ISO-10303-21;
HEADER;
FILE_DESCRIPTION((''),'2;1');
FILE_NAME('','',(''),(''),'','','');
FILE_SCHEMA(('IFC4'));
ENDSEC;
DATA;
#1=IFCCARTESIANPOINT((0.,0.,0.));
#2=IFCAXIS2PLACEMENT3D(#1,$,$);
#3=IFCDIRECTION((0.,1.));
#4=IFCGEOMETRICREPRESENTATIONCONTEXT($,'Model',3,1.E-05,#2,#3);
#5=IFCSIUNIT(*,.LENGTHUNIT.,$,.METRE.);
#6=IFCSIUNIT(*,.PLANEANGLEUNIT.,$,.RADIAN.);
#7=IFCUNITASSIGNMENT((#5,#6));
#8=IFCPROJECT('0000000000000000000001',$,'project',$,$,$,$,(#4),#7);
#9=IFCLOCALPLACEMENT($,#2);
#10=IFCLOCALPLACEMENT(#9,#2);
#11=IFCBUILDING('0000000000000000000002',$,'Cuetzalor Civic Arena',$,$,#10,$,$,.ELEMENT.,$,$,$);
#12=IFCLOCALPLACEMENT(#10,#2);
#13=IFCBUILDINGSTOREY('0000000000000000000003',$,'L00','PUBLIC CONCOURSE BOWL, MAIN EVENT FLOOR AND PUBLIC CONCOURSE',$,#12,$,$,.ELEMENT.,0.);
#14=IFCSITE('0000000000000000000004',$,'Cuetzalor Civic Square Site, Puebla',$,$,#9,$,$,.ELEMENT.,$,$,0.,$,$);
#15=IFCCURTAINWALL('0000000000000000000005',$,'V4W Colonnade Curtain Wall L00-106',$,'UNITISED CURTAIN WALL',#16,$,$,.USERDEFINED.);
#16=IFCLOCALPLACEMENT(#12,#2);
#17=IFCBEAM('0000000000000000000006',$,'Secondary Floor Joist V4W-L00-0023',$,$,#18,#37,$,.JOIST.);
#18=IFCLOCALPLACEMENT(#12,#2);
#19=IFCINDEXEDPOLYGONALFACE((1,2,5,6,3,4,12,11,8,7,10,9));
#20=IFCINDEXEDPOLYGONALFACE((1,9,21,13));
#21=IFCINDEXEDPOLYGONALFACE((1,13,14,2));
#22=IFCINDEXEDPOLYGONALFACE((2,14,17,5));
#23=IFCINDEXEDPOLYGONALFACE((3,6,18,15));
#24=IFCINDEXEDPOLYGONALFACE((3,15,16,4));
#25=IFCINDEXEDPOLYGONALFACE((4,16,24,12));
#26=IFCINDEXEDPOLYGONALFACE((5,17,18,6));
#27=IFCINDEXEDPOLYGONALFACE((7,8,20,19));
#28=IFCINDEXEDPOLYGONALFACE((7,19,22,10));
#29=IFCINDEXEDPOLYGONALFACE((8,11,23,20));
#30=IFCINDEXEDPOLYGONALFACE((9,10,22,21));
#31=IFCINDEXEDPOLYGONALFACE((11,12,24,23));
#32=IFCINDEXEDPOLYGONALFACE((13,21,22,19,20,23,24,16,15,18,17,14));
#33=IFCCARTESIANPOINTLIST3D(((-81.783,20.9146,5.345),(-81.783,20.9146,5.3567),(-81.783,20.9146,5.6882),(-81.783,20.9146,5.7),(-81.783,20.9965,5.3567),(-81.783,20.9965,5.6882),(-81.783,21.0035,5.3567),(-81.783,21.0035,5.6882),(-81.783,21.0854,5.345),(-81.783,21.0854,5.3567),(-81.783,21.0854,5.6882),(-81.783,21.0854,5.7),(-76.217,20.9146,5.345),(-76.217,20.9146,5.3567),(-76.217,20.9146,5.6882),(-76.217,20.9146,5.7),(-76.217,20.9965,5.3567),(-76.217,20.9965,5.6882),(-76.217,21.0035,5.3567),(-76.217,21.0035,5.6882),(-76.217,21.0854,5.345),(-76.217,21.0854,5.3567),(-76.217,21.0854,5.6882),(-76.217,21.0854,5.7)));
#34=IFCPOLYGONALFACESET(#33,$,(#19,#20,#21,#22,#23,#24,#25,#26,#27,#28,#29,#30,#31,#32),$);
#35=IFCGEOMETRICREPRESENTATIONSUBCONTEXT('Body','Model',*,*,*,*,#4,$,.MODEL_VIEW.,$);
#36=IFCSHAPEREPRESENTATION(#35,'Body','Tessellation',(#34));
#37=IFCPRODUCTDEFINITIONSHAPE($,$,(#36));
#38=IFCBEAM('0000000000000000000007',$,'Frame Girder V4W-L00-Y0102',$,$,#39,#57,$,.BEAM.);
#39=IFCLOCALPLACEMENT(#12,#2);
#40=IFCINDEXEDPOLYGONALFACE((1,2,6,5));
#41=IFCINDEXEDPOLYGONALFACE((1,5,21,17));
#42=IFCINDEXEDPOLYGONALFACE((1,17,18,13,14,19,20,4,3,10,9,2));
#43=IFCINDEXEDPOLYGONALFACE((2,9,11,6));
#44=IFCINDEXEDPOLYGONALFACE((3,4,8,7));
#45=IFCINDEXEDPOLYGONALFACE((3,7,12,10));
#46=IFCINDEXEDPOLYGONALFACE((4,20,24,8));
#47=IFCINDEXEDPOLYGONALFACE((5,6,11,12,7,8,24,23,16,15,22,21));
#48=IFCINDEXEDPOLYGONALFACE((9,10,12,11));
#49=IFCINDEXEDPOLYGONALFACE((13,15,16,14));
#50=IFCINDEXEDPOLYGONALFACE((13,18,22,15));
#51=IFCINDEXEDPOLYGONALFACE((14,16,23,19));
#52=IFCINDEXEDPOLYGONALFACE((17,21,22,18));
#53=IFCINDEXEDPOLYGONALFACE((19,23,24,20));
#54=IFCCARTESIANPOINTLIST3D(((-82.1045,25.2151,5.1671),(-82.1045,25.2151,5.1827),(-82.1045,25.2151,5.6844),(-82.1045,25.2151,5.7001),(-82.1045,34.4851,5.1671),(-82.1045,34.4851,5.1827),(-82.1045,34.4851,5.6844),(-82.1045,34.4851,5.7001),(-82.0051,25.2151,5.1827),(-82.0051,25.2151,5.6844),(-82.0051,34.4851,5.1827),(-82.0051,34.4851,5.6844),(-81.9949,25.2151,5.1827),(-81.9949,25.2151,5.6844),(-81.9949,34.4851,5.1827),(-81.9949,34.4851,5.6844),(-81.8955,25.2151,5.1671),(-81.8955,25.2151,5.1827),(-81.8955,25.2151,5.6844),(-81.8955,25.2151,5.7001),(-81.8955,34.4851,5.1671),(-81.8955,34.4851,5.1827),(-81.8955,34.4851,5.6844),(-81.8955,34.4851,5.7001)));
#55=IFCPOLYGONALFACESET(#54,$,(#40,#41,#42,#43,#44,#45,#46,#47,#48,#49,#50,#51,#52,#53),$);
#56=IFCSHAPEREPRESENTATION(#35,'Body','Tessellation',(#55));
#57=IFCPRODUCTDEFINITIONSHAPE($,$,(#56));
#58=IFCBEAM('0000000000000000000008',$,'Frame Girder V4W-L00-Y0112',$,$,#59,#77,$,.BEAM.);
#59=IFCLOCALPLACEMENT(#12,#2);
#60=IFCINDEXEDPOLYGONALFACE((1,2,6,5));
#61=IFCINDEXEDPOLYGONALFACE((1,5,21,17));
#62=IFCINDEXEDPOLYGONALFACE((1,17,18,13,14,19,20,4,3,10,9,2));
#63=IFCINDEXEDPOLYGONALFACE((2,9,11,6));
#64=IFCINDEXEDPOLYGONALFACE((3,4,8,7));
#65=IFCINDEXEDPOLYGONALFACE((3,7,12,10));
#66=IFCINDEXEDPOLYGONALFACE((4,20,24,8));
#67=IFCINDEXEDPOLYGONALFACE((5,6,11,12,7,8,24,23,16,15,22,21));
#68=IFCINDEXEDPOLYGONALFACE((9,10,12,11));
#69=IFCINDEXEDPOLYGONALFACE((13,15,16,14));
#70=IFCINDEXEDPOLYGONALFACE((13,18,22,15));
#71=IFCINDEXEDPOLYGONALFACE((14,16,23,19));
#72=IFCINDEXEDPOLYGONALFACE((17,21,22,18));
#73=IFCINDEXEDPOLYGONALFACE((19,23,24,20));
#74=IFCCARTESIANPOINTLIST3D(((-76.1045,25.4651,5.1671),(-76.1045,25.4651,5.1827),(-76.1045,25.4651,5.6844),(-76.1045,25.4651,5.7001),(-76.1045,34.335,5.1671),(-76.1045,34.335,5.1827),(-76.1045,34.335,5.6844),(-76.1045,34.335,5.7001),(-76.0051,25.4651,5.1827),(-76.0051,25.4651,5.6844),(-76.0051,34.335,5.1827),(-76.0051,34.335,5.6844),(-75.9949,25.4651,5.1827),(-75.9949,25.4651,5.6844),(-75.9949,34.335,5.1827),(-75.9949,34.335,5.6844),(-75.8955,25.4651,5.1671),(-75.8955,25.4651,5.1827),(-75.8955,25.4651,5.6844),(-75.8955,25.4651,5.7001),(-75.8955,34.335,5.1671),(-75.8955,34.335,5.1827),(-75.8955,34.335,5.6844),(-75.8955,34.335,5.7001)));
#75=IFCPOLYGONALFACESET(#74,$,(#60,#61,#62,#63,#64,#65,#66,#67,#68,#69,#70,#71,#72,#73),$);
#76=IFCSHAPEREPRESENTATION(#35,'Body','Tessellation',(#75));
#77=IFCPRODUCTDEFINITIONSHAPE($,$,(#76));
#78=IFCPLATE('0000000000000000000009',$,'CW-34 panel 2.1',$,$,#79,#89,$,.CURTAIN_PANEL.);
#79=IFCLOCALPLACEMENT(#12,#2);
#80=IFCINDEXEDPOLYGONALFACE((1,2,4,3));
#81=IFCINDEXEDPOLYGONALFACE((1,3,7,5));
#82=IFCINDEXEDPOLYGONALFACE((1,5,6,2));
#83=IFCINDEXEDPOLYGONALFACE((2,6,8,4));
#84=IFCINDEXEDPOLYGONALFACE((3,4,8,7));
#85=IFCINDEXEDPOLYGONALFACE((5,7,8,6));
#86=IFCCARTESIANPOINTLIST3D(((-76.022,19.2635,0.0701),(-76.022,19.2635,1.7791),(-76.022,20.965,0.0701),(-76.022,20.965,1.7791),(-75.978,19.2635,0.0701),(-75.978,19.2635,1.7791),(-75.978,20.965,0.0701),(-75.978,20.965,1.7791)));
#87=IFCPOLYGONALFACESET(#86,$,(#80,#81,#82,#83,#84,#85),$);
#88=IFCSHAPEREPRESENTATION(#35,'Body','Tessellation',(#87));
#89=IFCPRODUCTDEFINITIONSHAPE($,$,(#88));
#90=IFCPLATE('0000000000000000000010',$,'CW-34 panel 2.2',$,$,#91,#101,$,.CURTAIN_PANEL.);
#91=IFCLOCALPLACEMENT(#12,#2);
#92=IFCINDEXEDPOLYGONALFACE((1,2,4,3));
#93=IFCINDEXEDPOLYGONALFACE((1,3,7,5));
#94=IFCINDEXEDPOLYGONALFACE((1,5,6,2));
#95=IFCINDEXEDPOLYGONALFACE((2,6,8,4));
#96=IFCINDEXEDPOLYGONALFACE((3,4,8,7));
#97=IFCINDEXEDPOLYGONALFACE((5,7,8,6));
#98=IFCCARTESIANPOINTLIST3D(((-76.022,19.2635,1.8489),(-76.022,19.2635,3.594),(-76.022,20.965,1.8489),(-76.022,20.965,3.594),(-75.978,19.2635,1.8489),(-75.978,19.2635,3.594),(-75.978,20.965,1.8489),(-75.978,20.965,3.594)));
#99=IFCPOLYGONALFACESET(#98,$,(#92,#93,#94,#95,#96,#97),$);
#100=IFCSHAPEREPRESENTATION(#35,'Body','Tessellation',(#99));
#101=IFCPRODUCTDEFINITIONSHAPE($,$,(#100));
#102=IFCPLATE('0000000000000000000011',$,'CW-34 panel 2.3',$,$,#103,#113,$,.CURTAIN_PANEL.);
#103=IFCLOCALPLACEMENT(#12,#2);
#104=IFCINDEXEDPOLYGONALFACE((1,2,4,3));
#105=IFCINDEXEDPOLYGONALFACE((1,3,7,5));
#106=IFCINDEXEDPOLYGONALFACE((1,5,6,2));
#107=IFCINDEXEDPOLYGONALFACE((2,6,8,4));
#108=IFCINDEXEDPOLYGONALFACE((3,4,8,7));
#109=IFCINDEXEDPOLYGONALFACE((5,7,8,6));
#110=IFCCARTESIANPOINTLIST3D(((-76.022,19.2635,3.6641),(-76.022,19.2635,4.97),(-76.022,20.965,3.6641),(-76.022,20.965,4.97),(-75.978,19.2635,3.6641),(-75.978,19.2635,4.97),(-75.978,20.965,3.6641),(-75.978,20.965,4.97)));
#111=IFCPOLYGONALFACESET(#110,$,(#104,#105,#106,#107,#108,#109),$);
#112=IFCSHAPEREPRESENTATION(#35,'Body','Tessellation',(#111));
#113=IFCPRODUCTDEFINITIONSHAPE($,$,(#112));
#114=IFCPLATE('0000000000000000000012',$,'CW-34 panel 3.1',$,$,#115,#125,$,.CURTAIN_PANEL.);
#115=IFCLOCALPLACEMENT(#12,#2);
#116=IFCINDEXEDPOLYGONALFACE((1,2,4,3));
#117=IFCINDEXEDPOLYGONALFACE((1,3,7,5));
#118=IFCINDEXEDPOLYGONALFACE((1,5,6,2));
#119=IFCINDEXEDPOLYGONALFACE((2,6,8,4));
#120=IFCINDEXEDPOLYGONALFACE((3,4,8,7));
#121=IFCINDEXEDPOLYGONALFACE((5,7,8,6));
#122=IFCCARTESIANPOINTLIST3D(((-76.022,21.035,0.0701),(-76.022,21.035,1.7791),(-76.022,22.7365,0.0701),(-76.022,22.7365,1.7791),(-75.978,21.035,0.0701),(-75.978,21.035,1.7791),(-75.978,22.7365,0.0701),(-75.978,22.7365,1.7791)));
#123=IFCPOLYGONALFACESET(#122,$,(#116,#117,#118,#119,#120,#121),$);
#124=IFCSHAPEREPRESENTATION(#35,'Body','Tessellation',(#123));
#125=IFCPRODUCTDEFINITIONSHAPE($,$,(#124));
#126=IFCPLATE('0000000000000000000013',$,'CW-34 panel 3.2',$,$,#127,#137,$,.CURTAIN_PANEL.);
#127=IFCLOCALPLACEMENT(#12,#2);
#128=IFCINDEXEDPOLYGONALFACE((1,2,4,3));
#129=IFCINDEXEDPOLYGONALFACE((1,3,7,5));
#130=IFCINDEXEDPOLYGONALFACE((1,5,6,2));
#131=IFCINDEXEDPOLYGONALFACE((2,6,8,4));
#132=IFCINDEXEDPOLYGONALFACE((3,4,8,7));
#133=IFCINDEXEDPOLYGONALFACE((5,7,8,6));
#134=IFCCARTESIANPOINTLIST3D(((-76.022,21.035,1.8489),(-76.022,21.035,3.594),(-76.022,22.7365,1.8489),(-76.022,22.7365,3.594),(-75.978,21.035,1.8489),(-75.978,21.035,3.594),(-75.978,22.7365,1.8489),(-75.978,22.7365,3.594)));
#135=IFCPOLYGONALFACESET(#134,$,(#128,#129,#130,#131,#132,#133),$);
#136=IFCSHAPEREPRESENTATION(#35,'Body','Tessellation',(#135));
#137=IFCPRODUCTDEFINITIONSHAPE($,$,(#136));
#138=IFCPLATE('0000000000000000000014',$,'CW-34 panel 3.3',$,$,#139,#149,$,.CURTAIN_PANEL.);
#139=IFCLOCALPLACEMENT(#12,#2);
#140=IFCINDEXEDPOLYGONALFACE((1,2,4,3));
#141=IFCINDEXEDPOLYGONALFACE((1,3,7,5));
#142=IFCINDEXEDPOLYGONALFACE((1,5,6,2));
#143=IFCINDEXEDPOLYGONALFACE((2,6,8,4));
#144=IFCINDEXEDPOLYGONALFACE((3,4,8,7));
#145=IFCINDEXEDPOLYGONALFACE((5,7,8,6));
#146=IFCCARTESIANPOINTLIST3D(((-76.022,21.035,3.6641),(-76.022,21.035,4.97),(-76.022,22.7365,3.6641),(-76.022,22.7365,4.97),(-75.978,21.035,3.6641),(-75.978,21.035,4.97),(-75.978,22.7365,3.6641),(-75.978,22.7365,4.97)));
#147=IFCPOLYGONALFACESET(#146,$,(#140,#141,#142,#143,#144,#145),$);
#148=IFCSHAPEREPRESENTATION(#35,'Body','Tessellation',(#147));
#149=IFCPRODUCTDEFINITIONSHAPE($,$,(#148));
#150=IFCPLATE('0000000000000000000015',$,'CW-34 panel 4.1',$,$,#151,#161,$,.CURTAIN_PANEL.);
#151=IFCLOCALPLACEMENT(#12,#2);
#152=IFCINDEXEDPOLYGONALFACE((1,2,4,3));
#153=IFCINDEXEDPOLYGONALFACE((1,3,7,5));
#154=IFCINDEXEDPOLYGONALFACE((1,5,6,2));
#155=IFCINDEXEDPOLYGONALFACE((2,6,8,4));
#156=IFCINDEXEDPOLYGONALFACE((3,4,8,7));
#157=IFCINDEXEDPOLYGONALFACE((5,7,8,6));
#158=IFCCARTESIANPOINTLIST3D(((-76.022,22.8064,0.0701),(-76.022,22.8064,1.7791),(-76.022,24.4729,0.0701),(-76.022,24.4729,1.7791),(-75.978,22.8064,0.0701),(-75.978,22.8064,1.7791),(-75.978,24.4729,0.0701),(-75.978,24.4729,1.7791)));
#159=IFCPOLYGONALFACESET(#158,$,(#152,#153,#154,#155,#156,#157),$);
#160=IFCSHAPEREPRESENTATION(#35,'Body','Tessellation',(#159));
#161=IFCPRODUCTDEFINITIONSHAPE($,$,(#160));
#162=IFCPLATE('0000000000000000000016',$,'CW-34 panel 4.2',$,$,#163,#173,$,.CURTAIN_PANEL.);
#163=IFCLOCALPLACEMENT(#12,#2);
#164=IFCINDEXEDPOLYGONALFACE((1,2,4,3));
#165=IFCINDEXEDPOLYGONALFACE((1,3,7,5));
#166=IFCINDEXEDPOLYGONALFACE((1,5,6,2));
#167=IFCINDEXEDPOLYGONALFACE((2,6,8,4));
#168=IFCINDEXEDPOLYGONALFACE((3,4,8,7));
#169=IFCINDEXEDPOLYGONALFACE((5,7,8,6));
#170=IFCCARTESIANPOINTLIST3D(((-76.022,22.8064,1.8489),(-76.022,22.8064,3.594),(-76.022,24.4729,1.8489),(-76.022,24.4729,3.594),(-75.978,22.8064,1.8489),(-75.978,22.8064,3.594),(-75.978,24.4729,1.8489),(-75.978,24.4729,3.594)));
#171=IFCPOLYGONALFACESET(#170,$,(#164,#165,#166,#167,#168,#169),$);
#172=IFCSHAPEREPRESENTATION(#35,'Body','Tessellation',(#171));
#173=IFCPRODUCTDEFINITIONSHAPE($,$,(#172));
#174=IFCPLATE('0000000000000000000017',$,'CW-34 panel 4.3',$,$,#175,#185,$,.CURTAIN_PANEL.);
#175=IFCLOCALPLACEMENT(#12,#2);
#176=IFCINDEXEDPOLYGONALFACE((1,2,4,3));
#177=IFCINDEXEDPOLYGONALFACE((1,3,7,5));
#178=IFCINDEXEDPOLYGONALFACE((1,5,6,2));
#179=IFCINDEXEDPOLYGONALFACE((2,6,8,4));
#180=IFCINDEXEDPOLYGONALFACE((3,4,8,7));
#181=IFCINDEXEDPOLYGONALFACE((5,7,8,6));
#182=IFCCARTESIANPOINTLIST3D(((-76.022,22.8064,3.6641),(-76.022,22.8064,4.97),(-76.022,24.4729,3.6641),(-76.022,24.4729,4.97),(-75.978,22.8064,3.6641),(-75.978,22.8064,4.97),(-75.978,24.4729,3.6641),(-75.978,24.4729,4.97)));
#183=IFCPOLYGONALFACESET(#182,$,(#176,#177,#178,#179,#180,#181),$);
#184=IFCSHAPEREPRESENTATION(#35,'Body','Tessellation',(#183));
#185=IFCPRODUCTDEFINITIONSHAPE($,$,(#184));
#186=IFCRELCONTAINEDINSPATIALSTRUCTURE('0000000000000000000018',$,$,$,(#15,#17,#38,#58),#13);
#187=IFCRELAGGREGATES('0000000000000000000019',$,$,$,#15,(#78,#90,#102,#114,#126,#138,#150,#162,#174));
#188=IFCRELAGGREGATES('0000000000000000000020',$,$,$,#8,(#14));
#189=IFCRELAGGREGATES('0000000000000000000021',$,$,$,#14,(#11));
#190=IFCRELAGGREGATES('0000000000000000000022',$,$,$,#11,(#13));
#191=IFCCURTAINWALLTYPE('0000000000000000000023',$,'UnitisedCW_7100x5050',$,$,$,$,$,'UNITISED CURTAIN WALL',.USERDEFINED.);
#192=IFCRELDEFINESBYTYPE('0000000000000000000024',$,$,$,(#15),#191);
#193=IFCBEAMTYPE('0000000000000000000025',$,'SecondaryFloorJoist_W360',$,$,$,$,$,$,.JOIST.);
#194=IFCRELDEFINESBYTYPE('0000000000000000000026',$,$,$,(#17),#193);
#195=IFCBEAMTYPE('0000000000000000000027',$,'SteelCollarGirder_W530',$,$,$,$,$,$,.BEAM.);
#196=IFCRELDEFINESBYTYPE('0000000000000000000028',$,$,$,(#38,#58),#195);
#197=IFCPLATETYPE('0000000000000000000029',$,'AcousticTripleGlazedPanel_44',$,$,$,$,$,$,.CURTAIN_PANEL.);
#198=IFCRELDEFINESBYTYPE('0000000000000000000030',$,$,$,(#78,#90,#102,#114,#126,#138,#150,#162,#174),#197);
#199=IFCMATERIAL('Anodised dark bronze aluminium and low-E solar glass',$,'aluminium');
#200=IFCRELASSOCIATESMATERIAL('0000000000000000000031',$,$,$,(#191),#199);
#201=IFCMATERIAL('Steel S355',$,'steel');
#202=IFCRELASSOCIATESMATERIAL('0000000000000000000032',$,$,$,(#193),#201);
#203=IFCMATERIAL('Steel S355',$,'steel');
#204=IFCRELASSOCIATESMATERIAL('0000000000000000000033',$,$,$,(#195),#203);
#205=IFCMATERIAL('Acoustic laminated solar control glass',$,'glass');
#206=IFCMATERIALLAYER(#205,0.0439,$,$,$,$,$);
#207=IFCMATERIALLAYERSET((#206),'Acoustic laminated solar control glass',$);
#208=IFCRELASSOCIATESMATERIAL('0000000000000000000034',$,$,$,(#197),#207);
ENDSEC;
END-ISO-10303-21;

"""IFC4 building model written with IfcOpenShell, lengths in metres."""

from ifc_helpers import new_model, si_unit, direction, frame, origin, origin_2d, place, context, subcontext, project, spatial, rectangle, i_section, extrude, material, layer, layer_set, material_profile, profile_set, type_object, element, aggregate, save


model = new_model("IFC4")

# Units and contexts
model_context = context("Model", 3, precision=1e-05, world=origin(), true_north=direction((0.0, 1.0)))
body_context = subcontext(model_context, "Body", "Model", "MODEL_VIEW")
ifc_project = project(units=[si_unit("LENGTHUNIT", "METRE"), si_unit("PLANEANGLEUNIT", "RADIAN")], contexts=[model_context])

# Site, building, storey
site_placement = place(None, origin())
site = spatial("IfcSite", under=ifc_project, at=site_placement, Name="Cuetzalor Civic Square Site, Puebla", CompositionType="ELEMENT", RefElevation=0.0)
building_placement = place(site_placement, origin())
building = spatial("IfcBuilding", under=site, at=building_placement, Name="Cuetzalor Civic Arena", CompositionType="ELEMENT")
storey_placement = place(building_placement, origin())
storey = spatial("IfcBuildingStorey", under=building, at=storey_placement, Name="L00", Description="PUBLIC CONCOURSE BOWL, MAIN EVENT FLOOR AND PUBLIC CONCOURSE", CompositionType="ELEMENT", Elevation=0.0)

# Curtain wall
ifc_material_1 = material(Name="Anodised dark bronze aluminium and low-E solar glass", Category="aluminium")
curtain_wall_type_1 = type_object("IfcCurtainWallType", Name="UnitisedCW_7100x5050", ElementType="UNITISED CURTAIN WALL", PredefinedType="USERDEFINED", material=ifc_material_1)
curtain_wall_1_placement = place(storey_placement, origin())
curtain_wall_1 = element("IfcCurtainWall", 1, at=curtain_wall_1_placement, inside=storey, type_object=curtain_wall_type_1, Name="V4W Colonnade Curtain Wall L00-106", ObjectType="UNITISED CURTAIN WALL", PredefinedType="USERDEFINED")

# Beams
ifc_material_2 = material(Name="Steel S355", Category="steel")
ifc_material_profile_1 = material_profile(ifc_material_2, i_section(OverallWidth=0.1709, OverallDepth=0.355, WebThickness=0.0071, FlangeThickness=0.0117, at=origin_2d()), Name="W360x51")
ifc_profile_set_1 = profile_set([ifc_material_profile_1], Name="Steel S355")
beam_type_1 = type_object("IfcBeamType", Name="SecondaryFloorJoist_W360", PredefinedType="JOIST", material=ifc_profile_set_1)
beam_1_placement = place(storey_placement, frame((-81.783, 21.0, 5.5225), z_axis=(1.0, 0.0, 0.0), x_axis=(0.0, 1.0, 0.0)))
element("IfcBeam", 2, at=beam_1_placement, inside=storey, type_object=beam_type_1, Name="Secondary Floor Joist V4W-L00-0023", PredefinedType="JOIST", context=body_context, shape_type="SweptSolid", body=[
    extrude(i_section(OverallWidth=0.1709, OverallDepth=0.355, WebThickness=0.0071, FlangeThickness=0.0117, at=origin_2d()), origin(), (0.0, 0.0, 1.0), 5.5659),
])
ifc_material_3 = material(Name="Steel S355", Category="steel")
ifc_material_profile_2 = material_profile(ifc_material_3, i_section(OverallWidth=0.209, OverallDepth=0.533, WebThickness=0.0103, FlangeThickness=0.0156, at=origin_2d()), Name="W530x92")
ifc_profile_set_2 = profile_set([ifc_material_profile_2], Name="Steel S355")
beam_type_2 = type_object("IfcBeamType", Name="SteelCollarGirder_W530", PredefinedType="BEAM", material=ifc_profile_set_2)
beam_2_placement = place(storey_placement, frame((-82.0, 25.2151, 5.4336), z_axis=(0.0, 1.0, 0.0), x_axis=(-1.0, 0.0, 0.0)))
element("IfcBeam", 3, at=beam_2_placement, inside=storey, type_object=beam_type_2, Name="Frame Girder V4W-L00-Y0102", PredefinedType="BEAM", context=body_context, shape_type="SweptSolid", body=[
    extrude(i_section(OverallWidth=0.209, OverallDepth=0.533, WebThickness=0.0103, FlangeThickness=0.0156, at=origin_2d()), origin(), (0.0, 0.0, 1.0), 9.27),
])
beam_3_placement = place(storey_placement, frame((-76.0, 25.4651, 5.4336), z_axis=(0.0, 1.0, 0.0), x_axis=(-1.0, 0.0, 0.0)))
element("IfcBeam", 4, at=beam_3_placement, inside=storey, type_object=beam_type_2, Name="Frame Girder V4W-L00-Y0112", PredefinedType="BEAM", context=body_context, shape_type="SweptSolid", body=[
    extrude(i_section(OverallWidth=0.209, OverallDepth=0.533, WebThickness=0.0103, FlangeThickness=0.0156, at=origin_2d()), origin(), (0.0, 0.0, 1.0), 8.8699),
])

# Plates
ifc_material_4 = material(Name="Acoustic laminated solar control glass", Category="glass")
ifc_layer = layer(ifc_material_4, 0.0439)
ifc_layer_set = layer_set([ifc_layer], Name="Acoustic laminated solar control glass")
plate_type = type_object("IfcPlateType", Name="AcousticTripleGlazedPanel_44", PredefinedType="CURTAIN_PANEL", material=ifc_layer_set)
plate_1_placement = place(storey_placement, frame((-76.0, 20.1143, 0.0701), z_axis=(0.0, 0.0, 1.0), x_axis=(0.0, 1.0, 0.0)))
plate_1 = element("IfcPlate", 5, at=plate_1_placement, type_object=plate_type, Name="CW-34 panel 2.1", PredefinedType="CURTAIN_PANEL", context=body_context, shape_type="SweptSolid", body=[
    extrude(rectangle(XDim=1.7014, YDim=0.0439, at=origin_2d()), origin(), (0.0, 0.0, 1.0), 1.709),
])
plate_2_placement = place(storey_placement, frame((-76.0, 20.1143, 1.8489), z_axis=(0.0, 0.0, 1.0), x_axis=(0.0, 1.0, 0.0)))
plate_2 = element("IfcPlate", 6, at=plate_2_placement, type_object=plate_type, Name="CW-34 panel 2.2", PredefinedType="CURTAIN_PANEL", context=body_context, shape_type="SweptSolid", body=[
    extrude(rectangle(XDim=1.7014, YDim=0.0439, at=origin_2d()), origin(), (0.0, 0.0, 1.0), 1.7451),
])
plate_3_placement = place(storey_placement, frame((-76.0, 20.1143, 3.6641), z_axis=(0.0, 0.0, 1.0), x_axis=(0.0, 1.0, 0.0)))
plate_3 = element("IfcPlate", 7, at=plate_3_placement, type_object=plate_type, Name="CW-34 panel 2.3", PredefinedType="CURTAIN_PANEL", context=body_context, shape_type="SweptSolid", body=[
    extrude(rectangle(XDim=1.7014, YDim=0.0439, at=origin_2d()), origin(), (0.0, 0.0, 1.0), 1.3059),
])
plate_4_placement = place(storey_placement, frame((-76.0, 21.8857, 0.0701), z_axis=(0.0, 0.0, 1.0), x_axis=(0.0, 1.0, 0.0)))
plate_4 = element("IfcPlate", 8, at=plate_4_placement, type_object=plate_type, Name="CW-34 panel 3.1", PredefinedType="CURTAIN_PANEL", context=body_context, shape_type="SweptSolid", body=[
    extrude(rectangle(XDim=1.7014, YDim=0.0439, at=origin_2d()), origin(), (0.0, 0.0, 1.0), 1.709),
])
plate_5_placement = place(storey_placement, frame((-76.0, 21.8857, 1.8489), z_axis=(0.0, 0.0, 1.0), x_axis=(0.0, 1.0, 0.0)))
plate_5 = element("IfcPlate", 9, at=plate_5_placement, type_object=plate_type, Name="CW-34 panel 3.2", PredefinedType="CURTAIN_PANEL", context=body_context, shape_type="SweptSolid", body=[
    extrude(rectangle(XDim=1.7014, YDim=0.0439, at=origin_2d()), origin(), (0.0, 0.0, 1.0), 1.7451),
])
plate_6_placement = place(storey_placement, frame((-76.0, 21.8857, 3.6641), z_axis=(0.0, 0.0, 1.0), x_axis=(0.0, 1.0, 0.0)))
plate_6 = element("IfcPlate", 10, at=plate_6_placement, type_object=plate_type, Name="CW-34 panel 3.3", PredefinedType="CURTAIN_PANEL", context=body_context, shape_type="SweptSolid", body=[
    extrude(rectangle(XDim=1.7014, YDim=0.0439, at=origin_2d()), origin(), (0.0, 0.0, 1.0), 1.3059),
])
plate_7_placement = place(storey_placement, frame((-76.0, 23.6396, 0.0701), z_axis=(0.0, 0.0, 1.0), x_axis=(0.0, 1.0, 0.0)))
plate_7 = element("IfcPlate", 11, at=plate_7_placement, type_object=plate_type, Name="CW-34 panel 4.1", PredefinedType="CURTAIN_PANEL", context=body_context, shape_type="SweptSolid", body=[
    extrude(rectangle(XDim=1.6665, YDim=0.0439, at=origin_2d()), origin(), (0.0, 0.0, 1.0), 1.709),
])
plate_8_placement = place(storey_placement, frame((-76.0, 23.6396, 1.8489), z_axis=(0.0, 0.0, 1.0), x_axis=(0.0, 1.0, 0.0)))
plate_8 = element("IfcPlate", 12, at=plate_8_placement, type_object=plate_type, Name="CW-34 panel 4.2", PredefinedType="CURTAIN_PANEL", context=body_context, shape_type="SweptSolid", body=[
    extrude(rectangle(XDim=1.6665, YDim=0.0439, at=origin_2d()), origin(), (0.0, 0.0, 1.0), 1.7451),
])
plate_9_placement = place(storey_placement, frame((-76.0, 23.6396, 3.6641), z_axis=(0.0, 0.0, 1.0), x_axis=(0.0, 1.0, 0.0)))
plate_9 = element("IfcPlate", 13, at=plate_9_placement, type_object=plate_type, Name="CW-34 panel 4.3", PredefinedType="CURTAIN_PANEL", context=body_context, shape_type="SweptSolid", body=[
    extrude(rectangle(XDim=1.6665, YDim=0.0439, at=origin_2d()), origin(), (0.0, 0.0, 1.0), 1.3059),
])
aggregate(curtain_wall_1, [plate_1, plate_2, plate_3, plate_4, plate_5, plate_6, plate_7, plate_8, plate_9])

save(model, "model.ifc")
